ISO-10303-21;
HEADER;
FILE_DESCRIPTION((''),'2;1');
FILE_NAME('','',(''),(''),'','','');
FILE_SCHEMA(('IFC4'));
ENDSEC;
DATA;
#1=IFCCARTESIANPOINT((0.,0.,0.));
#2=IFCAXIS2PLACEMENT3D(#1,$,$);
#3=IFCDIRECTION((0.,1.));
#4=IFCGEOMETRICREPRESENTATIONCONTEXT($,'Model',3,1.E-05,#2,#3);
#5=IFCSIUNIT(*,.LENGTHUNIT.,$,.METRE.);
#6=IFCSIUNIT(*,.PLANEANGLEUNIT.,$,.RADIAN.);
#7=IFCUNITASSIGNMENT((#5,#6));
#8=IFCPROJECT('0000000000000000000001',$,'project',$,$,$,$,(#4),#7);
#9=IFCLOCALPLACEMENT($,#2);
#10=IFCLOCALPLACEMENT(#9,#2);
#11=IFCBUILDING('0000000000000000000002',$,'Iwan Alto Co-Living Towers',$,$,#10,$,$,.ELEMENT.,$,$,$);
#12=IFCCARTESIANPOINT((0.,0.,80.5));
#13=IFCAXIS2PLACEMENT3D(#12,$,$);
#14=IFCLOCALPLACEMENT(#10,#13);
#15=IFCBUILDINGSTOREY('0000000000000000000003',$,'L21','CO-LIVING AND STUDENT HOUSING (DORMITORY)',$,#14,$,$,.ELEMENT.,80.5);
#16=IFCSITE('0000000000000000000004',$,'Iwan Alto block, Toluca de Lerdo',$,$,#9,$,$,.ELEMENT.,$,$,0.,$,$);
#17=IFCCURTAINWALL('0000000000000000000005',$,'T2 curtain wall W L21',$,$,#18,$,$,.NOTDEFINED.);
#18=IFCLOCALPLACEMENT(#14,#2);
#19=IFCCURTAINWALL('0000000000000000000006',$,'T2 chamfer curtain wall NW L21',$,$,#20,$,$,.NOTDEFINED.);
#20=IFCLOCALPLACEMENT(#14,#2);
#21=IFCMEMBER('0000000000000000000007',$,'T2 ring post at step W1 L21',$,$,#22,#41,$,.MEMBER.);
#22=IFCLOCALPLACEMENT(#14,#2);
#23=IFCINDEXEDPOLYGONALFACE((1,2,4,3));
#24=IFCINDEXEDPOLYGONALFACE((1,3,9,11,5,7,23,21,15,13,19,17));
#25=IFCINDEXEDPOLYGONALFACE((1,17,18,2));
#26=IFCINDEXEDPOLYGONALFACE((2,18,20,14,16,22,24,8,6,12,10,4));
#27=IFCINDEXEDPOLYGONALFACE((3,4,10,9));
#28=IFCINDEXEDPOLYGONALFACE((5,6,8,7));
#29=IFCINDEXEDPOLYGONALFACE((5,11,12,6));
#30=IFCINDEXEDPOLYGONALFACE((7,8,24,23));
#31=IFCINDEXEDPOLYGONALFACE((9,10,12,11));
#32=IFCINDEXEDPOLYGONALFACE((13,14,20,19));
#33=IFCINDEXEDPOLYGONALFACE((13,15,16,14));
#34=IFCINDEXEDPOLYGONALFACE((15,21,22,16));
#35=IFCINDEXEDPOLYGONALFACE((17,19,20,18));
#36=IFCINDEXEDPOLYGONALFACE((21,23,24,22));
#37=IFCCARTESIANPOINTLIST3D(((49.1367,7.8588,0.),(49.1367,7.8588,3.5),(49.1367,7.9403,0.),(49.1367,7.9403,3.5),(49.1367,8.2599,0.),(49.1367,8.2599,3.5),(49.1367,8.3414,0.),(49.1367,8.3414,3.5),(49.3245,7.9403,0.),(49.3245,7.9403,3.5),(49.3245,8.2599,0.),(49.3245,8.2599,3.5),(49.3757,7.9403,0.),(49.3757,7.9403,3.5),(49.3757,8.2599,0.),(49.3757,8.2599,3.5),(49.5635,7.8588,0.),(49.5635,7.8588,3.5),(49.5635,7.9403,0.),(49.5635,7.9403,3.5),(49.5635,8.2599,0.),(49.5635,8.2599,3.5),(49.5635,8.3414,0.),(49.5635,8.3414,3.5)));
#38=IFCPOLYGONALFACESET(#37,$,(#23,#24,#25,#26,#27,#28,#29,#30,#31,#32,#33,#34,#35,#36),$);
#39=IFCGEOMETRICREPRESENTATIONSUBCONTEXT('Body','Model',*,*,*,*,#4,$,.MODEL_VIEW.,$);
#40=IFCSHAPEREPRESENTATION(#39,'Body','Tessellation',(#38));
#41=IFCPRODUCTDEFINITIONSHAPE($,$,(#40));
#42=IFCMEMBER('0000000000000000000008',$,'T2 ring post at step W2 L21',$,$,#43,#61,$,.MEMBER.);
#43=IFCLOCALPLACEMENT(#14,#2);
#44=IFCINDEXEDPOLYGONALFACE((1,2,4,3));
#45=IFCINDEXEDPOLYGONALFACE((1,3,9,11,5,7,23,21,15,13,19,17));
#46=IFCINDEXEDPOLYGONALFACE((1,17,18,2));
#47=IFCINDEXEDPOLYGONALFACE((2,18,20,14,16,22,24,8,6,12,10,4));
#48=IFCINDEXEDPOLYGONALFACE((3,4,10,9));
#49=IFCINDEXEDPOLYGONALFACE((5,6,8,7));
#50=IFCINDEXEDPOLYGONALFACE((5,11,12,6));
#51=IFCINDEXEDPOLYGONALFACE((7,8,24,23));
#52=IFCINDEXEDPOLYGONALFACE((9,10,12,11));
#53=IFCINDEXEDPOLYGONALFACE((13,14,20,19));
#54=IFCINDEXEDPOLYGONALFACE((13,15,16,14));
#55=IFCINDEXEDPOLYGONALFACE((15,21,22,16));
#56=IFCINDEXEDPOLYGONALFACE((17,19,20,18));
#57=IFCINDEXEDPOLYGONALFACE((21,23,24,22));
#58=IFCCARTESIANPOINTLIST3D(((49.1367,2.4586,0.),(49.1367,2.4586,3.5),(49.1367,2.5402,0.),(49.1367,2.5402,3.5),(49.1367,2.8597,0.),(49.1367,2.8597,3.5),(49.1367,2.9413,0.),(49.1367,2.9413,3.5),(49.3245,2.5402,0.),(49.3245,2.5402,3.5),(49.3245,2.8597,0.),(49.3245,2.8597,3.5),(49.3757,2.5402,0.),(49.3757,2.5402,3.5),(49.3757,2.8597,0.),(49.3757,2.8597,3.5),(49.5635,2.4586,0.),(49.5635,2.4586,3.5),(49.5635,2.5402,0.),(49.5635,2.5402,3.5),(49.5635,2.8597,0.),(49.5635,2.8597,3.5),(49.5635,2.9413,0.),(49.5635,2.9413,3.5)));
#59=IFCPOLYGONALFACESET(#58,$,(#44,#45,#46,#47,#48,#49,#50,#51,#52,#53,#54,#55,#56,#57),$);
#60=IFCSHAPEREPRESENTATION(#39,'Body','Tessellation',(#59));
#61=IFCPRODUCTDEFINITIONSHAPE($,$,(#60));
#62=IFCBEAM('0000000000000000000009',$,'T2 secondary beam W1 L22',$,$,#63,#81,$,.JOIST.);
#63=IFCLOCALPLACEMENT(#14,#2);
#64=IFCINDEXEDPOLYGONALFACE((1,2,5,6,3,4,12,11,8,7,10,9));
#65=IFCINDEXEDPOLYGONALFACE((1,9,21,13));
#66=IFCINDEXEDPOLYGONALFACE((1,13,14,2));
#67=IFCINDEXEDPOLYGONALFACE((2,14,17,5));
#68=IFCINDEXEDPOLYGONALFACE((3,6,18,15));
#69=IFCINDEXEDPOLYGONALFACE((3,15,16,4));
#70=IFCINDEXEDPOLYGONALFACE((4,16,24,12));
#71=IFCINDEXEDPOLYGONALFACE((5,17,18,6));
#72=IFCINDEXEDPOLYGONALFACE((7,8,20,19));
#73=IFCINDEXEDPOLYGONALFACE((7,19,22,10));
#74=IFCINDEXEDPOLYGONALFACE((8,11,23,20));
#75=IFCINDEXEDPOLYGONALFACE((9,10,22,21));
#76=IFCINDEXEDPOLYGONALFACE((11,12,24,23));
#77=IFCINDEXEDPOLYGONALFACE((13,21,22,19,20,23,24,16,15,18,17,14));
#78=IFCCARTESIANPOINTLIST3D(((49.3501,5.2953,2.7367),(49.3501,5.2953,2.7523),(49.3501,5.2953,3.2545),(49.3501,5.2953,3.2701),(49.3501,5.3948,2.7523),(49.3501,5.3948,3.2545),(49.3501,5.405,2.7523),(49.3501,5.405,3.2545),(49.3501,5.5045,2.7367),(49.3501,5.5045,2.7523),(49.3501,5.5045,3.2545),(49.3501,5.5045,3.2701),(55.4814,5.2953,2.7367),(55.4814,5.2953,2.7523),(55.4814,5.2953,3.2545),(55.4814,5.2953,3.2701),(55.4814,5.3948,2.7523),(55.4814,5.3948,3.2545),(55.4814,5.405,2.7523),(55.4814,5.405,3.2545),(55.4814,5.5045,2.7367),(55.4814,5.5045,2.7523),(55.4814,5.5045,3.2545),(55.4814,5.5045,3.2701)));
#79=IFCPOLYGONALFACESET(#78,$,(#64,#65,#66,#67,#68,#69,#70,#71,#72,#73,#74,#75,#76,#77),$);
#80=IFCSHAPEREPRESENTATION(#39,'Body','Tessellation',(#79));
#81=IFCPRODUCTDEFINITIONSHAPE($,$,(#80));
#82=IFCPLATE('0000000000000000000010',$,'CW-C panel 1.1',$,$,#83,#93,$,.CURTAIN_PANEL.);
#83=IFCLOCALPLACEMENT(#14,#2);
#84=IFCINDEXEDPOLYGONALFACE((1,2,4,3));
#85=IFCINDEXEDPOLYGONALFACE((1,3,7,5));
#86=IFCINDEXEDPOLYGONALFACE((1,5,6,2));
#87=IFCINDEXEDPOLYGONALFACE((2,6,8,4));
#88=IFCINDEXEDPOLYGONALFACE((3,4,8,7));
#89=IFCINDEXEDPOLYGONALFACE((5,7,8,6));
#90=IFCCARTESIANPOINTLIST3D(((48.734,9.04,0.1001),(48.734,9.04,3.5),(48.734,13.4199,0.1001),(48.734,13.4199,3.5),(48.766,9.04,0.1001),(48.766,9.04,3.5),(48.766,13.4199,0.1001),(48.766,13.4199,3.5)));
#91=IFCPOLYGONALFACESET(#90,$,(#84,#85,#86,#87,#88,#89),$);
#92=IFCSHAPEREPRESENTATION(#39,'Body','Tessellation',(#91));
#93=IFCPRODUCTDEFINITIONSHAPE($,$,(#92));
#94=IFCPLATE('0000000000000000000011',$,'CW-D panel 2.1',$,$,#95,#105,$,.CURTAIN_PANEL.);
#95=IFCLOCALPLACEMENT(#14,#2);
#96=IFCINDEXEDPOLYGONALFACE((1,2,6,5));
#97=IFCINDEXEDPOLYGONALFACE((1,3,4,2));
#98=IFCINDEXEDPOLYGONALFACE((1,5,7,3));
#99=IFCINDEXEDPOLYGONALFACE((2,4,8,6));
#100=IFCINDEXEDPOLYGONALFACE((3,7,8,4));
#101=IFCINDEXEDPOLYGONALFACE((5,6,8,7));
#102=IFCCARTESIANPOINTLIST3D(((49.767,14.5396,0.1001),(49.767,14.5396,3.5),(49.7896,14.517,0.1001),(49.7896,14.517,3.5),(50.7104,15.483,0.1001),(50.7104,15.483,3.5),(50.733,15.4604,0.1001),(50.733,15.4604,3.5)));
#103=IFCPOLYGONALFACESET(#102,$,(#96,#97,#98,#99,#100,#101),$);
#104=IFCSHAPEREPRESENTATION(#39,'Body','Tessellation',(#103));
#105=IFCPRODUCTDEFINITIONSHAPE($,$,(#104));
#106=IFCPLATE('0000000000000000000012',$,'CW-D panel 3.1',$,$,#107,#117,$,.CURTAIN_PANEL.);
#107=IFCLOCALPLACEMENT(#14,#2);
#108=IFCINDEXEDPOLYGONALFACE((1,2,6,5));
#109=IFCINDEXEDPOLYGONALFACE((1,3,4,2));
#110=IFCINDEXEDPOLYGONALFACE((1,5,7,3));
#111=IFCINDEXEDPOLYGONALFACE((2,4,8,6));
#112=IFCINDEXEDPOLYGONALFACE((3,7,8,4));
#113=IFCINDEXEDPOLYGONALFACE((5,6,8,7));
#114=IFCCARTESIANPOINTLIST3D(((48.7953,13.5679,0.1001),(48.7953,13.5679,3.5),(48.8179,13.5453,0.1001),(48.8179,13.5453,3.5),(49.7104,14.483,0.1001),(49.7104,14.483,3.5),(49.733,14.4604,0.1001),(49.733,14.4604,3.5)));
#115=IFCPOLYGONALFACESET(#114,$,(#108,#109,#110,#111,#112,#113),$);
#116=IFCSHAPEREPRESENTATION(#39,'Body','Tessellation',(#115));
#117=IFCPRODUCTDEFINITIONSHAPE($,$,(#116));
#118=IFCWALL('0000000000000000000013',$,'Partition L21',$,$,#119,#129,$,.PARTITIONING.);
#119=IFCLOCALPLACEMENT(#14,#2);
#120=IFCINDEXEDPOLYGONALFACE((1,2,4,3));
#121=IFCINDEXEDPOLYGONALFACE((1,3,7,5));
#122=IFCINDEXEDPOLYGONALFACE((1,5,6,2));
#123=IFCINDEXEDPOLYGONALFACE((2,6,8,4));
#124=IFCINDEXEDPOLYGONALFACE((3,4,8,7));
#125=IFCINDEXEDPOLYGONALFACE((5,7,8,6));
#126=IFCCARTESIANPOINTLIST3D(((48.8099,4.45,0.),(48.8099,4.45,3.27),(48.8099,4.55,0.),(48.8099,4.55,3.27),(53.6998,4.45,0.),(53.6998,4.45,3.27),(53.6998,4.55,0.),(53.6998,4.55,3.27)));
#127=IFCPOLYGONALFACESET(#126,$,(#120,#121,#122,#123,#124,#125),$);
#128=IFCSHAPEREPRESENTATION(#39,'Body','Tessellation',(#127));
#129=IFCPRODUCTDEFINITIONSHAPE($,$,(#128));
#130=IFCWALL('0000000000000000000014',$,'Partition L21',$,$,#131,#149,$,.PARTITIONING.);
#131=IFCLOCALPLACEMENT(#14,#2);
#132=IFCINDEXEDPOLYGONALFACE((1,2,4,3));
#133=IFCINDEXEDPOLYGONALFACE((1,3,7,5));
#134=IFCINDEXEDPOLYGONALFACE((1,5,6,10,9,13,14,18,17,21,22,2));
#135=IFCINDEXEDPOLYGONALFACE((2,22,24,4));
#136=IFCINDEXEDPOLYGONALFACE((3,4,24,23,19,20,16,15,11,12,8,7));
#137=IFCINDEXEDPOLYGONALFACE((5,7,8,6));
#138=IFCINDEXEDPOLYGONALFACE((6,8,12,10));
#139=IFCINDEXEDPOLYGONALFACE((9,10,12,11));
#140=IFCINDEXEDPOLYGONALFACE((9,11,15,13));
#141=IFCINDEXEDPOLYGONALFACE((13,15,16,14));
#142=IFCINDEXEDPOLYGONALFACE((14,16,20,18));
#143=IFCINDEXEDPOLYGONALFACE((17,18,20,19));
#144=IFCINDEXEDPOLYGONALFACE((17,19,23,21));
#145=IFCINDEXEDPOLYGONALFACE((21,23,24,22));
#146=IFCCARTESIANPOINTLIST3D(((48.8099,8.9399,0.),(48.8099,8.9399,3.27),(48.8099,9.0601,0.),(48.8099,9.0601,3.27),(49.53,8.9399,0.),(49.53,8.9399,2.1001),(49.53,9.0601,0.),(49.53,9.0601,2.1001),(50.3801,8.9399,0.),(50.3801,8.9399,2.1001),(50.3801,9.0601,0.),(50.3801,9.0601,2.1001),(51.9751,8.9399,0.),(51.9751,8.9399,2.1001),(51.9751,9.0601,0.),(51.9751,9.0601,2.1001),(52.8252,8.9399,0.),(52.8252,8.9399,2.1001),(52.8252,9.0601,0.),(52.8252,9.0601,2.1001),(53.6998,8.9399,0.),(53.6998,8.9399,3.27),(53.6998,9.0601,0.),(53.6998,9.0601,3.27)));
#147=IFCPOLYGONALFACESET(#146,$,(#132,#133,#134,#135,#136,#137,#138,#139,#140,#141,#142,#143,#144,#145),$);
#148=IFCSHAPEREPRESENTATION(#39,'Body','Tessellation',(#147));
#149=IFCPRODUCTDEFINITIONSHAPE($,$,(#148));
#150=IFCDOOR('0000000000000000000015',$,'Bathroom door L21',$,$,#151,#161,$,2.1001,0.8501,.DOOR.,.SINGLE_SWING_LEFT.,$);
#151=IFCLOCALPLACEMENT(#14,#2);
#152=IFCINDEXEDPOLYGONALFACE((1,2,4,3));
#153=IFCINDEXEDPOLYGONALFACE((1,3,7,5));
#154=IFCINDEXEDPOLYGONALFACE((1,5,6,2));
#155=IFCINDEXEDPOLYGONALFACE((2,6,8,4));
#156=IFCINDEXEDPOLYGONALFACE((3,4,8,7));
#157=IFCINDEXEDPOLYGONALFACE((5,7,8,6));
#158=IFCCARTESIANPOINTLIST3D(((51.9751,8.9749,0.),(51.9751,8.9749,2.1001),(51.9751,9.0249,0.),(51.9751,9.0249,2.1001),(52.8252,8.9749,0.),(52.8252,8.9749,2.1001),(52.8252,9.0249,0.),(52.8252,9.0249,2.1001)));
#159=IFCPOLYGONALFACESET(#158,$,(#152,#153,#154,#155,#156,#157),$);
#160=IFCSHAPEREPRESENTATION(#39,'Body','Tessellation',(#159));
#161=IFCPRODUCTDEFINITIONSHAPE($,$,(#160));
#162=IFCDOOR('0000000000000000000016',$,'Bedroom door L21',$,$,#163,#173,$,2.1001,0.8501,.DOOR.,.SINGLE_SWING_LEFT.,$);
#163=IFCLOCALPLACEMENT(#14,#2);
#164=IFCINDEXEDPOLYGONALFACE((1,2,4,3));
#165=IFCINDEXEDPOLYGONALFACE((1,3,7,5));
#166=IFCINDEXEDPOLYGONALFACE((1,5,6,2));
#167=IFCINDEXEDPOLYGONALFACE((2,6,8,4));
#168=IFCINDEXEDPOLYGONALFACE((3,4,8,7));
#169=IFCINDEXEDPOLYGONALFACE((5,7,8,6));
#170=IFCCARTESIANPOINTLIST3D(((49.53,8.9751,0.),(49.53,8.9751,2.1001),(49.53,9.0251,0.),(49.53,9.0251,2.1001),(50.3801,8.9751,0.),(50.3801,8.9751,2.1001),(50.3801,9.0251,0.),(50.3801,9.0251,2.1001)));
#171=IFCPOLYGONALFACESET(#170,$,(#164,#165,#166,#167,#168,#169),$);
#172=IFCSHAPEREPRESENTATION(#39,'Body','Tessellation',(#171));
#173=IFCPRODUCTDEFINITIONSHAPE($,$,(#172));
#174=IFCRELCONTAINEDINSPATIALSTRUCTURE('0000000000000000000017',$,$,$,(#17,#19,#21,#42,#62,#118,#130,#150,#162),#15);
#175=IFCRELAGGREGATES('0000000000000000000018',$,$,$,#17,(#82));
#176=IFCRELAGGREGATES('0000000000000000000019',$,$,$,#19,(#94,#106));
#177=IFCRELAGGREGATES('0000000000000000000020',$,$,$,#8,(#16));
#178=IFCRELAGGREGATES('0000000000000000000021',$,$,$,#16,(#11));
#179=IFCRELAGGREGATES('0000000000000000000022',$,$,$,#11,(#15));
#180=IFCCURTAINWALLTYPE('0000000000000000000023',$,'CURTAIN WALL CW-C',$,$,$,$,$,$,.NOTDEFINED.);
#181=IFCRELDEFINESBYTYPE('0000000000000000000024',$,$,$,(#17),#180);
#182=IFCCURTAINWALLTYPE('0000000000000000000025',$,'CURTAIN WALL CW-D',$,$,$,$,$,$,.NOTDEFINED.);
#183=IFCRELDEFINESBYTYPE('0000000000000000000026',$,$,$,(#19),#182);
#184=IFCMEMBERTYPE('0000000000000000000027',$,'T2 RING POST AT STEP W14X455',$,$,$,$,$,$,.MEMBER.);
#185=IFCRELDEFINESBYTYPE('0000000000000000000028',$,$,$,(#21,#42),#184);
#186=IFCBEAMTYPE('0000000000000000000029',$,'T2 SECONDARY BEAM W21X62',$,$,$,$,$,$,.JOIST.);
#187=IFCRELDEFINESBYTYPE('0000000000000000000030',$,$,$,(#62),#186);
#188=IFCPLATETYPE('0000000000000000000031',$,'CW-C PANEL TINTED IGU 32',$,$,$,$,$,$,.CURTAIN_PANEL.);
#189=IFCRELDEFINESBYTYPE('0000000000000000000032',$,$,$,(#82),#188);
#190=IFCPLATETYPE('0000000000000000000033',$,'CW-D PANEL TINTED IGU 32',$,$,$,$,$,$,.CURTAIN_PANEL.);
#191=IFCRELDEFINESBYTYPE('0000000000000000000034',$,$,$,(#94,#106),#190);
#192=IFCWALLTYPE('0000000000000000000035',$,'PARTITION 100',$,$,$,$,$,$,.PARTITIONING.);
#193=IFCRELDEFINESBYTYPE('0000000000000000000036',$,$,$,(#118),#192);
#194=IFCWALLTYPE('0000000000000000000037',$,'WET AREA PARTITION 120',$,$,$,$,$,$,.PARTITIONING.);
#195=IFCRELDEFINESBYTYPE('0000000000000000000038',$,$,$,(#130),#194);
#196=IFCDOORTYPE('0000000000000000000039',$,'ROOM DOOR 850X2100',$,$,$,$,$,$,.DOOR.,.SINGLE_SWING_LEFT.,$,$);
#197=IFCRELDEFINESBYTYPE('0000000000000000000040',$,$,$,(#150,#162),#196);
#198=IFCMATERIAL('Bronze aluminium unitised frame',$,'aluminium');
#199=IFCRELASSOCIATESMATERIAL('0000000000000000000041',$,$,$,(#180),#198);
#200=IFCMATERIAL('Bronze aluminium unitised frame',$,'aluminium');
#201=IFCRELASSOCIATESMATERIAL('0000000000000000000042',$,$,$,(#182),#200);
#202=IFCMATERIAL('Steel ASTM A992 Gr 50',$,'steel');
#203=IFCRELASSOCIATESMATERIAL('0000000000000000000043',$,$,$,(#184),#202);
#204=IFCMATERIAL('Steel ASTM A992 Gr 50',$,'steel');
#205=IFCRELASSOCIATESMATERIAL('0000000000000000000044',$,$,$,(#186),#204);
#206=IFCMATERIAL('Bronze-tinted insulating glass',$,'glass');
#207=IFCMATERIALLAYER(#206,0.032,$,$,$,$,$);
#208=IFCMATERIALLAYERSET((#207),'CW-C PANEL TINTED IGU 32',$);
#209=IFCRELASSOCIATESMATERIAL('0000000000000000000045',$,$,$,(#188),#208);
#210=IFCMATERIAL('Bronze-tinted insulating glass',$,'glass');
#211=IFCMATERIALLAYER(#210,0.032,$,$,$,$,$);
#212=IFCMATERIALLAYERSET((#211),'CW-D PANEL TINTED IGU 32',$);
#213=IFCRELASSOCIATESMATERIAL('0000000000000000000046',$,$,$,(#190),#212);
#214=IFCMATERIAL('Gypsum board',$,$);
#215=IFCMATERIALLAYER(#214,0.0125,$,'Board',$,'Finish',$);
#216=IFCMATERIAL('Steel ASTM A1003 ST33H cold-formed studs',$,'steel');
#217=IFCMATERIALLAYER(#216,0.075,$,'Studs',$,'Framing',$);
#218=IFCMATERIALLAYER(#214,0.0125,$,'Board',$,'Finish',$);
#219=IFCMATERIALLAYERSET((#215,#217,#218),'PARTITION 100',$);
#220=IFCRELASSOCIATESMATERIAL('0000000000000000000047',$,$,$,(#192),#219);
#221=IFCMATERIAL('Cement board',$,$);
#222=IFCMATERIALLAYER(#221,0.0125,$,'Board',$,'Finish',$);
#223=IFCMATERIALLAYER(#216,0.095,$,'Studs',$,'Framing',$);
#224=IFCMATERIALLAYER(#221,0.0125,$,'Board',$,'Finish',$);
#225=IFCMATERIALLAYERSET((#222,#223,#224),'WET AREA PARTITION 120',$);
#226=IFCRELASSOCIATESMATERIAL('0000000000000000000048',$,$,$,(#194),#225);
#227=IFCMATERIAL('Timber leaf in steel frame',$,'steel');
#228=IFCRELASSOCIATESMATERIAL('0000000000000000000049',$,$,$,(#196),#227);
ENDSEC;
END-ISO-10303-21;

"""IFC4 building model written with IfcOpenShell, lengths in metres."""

from ifc_helpers import new_model, si_unit, direction, frame, frame_2d, origin, origin_2d, place, context, subcontext, project, spatial, rectangle, i_section, extrude, material, layer, layer_set, material_profile, profile_set, type_object, element, fill, aggregate, save


model = new_model("IFC4")

# Units and contexts
model_context = context("Model", 3, precision=1e-05, world=origin(), true_north=direction((0.0, 1.0)))
body_context = subcontext(model_context, "Body", "Model", "MODEL_VIEW")
ifc_project = project(units=[si_unit("LENGTHUNIT", "METRE"), si_unit("PLANEANGLEUNIT", "RADIAN")], contexts=[model_context])

# Site, building, storey
site_placement = place(None, origin())
site = spatial("IfcSite", under=ifc_project, at=site_placement, Name="Iwan Alto block, Toluca de Lerdo", CompositionType="ELEMENT", RefElevation=0.0)
building_placement = place(site_placement, origin())
building = spatial("IfcBuilding", under=site, at=building_placement, Name="Iwan Alto Co-Living Towers", CompositionType="ELEMENT")
storey_placement = place(building_placement, frame((0.0, 0.0, 80.5)))
storey = spatial("IfcBuildingStorey", under=building, at=storey_placement, Name="L21", Description="CO-LIVING AND STUDENT HOUSING (DORMITORY)", CompositionType="ELEMENT", Elevation=80.5)

# Curtain walls
ifc_material_1 = material(Name="Bronze aluminium unitised frame", Category="aluminium")
curtain_wall_type_1 = type_object("IfcCurtainWallType", Name="CURTAIN WALL CW-C", PredefinedType="NOTDEFINED", material=ifc_material_1)
curtain_wall_1_placement = place(storey_placement, origin())
curtain_wall_1 = element("IfcCurtainWall", 1, at=curtain_wall_1_placement, inside=storey, type_object=curtain_wall_type_1, Name="T2 curtain wall W L21", PredefinedType="NOTDEFINED")
ifc_material_2 = material(Name="Bronze aluminium unitised frame", Category="aluminium")
curtain_wall_type_2 = type_object("IfcCurtainWallType", Name="CURTAIN WALL CW-D", PredefinedType="NOTDEFINED", material=ifc_material_2)
curtain_wall_2_placement = place(storey_placement, origin())
curtain_wall_2 = element("IfcCurtainWall", 2, at=curtain_wall_2_placement, inside=storey, type_object=curtain_wall_type_2, Name="T2 chamfer curtain wall NW L21", PredefinedType="NOTDEFINED")

# Members
ifc_material_3 = material(Name="Steel ASTM A992 Gr 50", Category="steel")
ifc_material_profile_1 = material_profile(ifc_material_3, i_section(OverallWidth=0.4268, OverallDepth=0.4827, WebThickness=0.0513, FlangeThickness=0.0815, at=origin_2d()), Name="W14X455")
ifc_profile_set_1 = profile_set([ifc_material_profile_1], Name="Steel ASTM A992 Gr 50")
member_type_1 = type_object("IfcMemberType", Name="T2 RING POST AT STEP W14X455", PredefinedType="MEMBER", material=ifc_profile_set_1)
for number, where, z_axis, x_axis, name in (
    (3, (49.3501, 8.1001, 0.0), (0.0, 0.0, 1.0), (1.0, 0.0, 0.0), "T2 ring post at step W1 L21"),
    (4, (49.3501, 2.7, 0.0), (0.0, 0.0, 1.0), (1.0, 0.0, 0.0), "T2 ring post at step W2 L21"),
):
    element("IfcMember", number, at=place(storey_placement, frame(where, z_axis=z_axis, x_axis=x_axis)), inside=storey, type_object=member_type_1, Name=name, PredefinedType="MEMBER", context=body_context, shape_type="SweptSolid", body=[
        extrude(i_section(OverallWidth=0.4268, OverallDepth=0.4827, WebThickness=0.0513, FlangeThickness=0.0815, at=origin_2d()), origin(), (0.0, 0.0, 1.0), 3.5),
    ])

# Beam
ifc_material_4 = material(Name="Steel ASTM A992 Gr 50", Category="steel")
ifc_material_profile_2 = material_profile(ifc_material_4, i_section(OverallWidth=0.2092, OverallDepth=0.5334, WebThickness=0.0103, FlangeThickness=0.0156, at=origin_2d()), Name="W21X62")
ifc_profile_set_2 = profile_set([ifc_material_profile_2], Name="Steel ASTM A992 Gr 50")
beam_type_1 = type_object("IfcBeamType", Name="T2 SECONDARY BEAM W21X62", PredefinedType="JOIST", material=ifc_profile_set_2)
beam_1_placement = place(storey_placement, frame((49.3501, 5.3999, 3.0034), z_axis=(1.0, 0.0, 0.0), x_axis=(0.0, 1.0, 0.0)))
element("IfcBeam", 5, at=beam_1_placement, inside=storey, type_object=beam_type_1, Name="T2 secondary beam W1 L22", PredefinedType="JOIST", context=body_context, shape_type="SweptSolid", body=[
    extrude(i_section(OverallWidth=0.2092, OverallDepth=0.5334, WebThickness=0.0103, FlangeThickness=0.0156, at=origin_2d()), origin(), (0.0, 0.0, 1.0), 6.1313),
])

# Plates
ifc_material_5 = material(Name="Bronze-tinted insulating glass", Category="glass")
ifc_layer_1 = layer(ifc_material_5, 0.032)
ifc_layer_set_1 = layer_set([ifc_layer_1], Name="CW-C PANEL TINTED IGU 32")
plate_type_1 = type_object("IfcPlateType", Name="CW-C PANEL TINTED IGU 32", PredefinedType="CURTAIN_PANEL", material=ifc_layer_set_1)
plate_1_placement = place(storey_placement, frame((48.75, 11.23, 0.1001), z_axis=(0.0, 0.0, 1.0), x_axis=(0.0, -1.0, 0.0)))
plate_1 = element("IfcPlate", 6, at=plate_1_placement, type_object=plate_type_1, Name="CW-C panel 1.1", PredefinedType="CURTAIN_PANEL", context=body_context, shape_type="SweptSolid", body=[
    extrude(rectangle(XDim=4.3799, YDim=0.032, at=origin_2d()), origin(), (0.0, 0.0, 1.0), 3.3999),
])
aggregate(curtain_wall_1, [plate_1])
ifc_material_6 = material(Name="Bronze-tinted insulating glass", Category="glass")
ifc_layer_2 = layer(ifc_material_6, 0.032)
ifc_layer_set_2 = layer_set([ifc_layer_2], Name="CW-D PANEL TINTED IGU 32")
plate_type_2 = type_object("IfcPlateType", Name="CW-D PANEL TINTED IGU 32", PredefinedType="CURTAIN_PANEL", material=ifc_layer_set_2)
plate_2_placement = place(storey_placement, frame((50.25, 15.0, 0.1001), z_axis=(0.0, 0.0, 1.0), x_axis=(-0.707107, -0.707107, 0.0)))
plate_2 = element("IfcPlate", 7, at=plate_2_placement, type_object=plate_type_2, Name="CW-D panel 2.1", PredefinedType="CURTAIN_PANEL", context=body_context, shape_type="SweptSolid", body=[
    extrude(rectangle(XDim=1.3342, YDim=0.032, at=origin_2d()), origin(), (0.0, 0.0, 1.0), 3.3999),
])
plate_3_placement = place(storey_placement, frame((49.2642, 14.0142, 0.1001), z_axis=(0.0, 0.0, 1.0), x_axis=(-0.707107, -0.707107, 0.0)))
plate_3 = element("IfcPlate", 8, at=plate_3_placement, type_object=plate_type_2, Name="CW-D panel 3.1", PredefinedType="CURTAIN_PANEL", context=body_context, shape_type="SweptSolid", body=[
    extrude(rectangle(XDim=1.2942, YDim=0.032, at=origin_2d()), origin(), (0.0, 0.0, 1.0), 3.3999),
])
aggregate(curtain_wall_2, [plate_2, plate_3])

# Wall
ifc_material_7 = material(Name="Gypsum board")
ifc_layer_3 = layer(ifc_material_7, 0.0125, Name="Board", Category="Finish")
ifc_material_8 = material(Name="Steel ASTM A1003 ST33H cold-formed studs", Category="steel")
ifc_layer_4 = layer(ifc_material_8, 0.075, Name="Studs", Category="Framing")
ifc_layer_5 = layer(ifc_material_7, 0.0125, Name="Board", Category="Finish")
ifc_layer_set_3 = layer_set([ifc_layer_3, ifc_layer_4, ifc_layer_5], Name="PARTITION 100")
wall_type_1 = type_object("IfcWallType", Name="PARTITION 100", PredefinedType="PARTITIONING", material=ifc_layer_set_3)
wall_1_placement = place(storey_placement, frame((48.8101, 4.5, 0.0), z_axis=(0.0, 0.0, 1.0), x_axis=(1.0, 0.0, 0.0)))
element("IfcWall", 9, at=wall_1_placement, inside=storey, type_object=wall_type_1, Name="Partition L21", PredefinedType="PARTITIONING", context=body_context, shape_type="SweptSolid", body=[
    extrude(rectangle(XDim=4.8899, YDim=0.1001, at=frame_2d((2.4448, 0.0))), origin(), (0.0, 0.0, 1.0), 3.27),
])

# Wall, openings, doors
ifc_material_9 = material(Name="Cement board")
ifc_layer_6 = layer(ifc_material_9, 0.0125, Name="Board", Category="Finish")
ifc_layer_7 = layer(ifc_material_8, 0.095, Name="Studs", Category="Framing")
ifc_layer_8 = layer(ifc_material_9, 0.0125, Name="Board", Category="Finish")
ifc_layer_set_4 = layer_set([ifc_layer_6, ifc_layer_7, ifc_layer_8], Name="WET AREA PARTITION 120")
wall_type_2 = type_object("IfcWallType", Name="WET AREA PARTITION 120", PredefinedType="PARTITIONING", material=ifc_layer_set_4)
wall_2_placement = place(storey_placement, frame((48.8101, 9.0, 0.0), z_axis=(0.0, 0.0, 1.0), x_axis=(1.0, 0.0, 0.0)))
wall_2 = element("IfcWall", 10, at=wall_2_placement, inside=storey, type_object=wall_type_2, Name="Partition L21", PredefinedType="PARTITIONING", context=body_context, shape_type="SweptSolid", body=[
    extrude(rectangle(XDim=4.8899, YDim=0.1201, at=frame_2d((2.4448, 0.0))), origin(), (0.0, 0.0, 1.0), 3.27),
])
opening_1_placement = place(wall_2_placement, frame((3.165, 0.0, 0.0)))
opening_1 = element("IfcOpeningElement", 11, at=opening_1_placement, cuts=wall_2, PredefinedType="OPENING", context=body_context, shape_type="SweptSolid", body=[
    extrude(rectangle(XDim=0.8501, YDim=2.1001, at=frame_2d((0.425, 1.05))), frame((0.0, 0.0701, 0.0), z_axis=(0.0, -1.0, 0.0), x_axis=(1.0, 0.0, 0.0)), (0.0, 0.0, 1.0), 0.1401),
])
opening_2_placement = place(wall_2_placement, frame((0.72, 0.0, 0.0)))
opening_2 = element("IfcOpeningElement", 12, at=opening_2_placement, cuts=wall_2, PredefinedType="OPENING", context=body_context, shape_type="SweptSolid", body=[
    extrude(rectangle(XDim=0.8501, YDim=2.1001, at=frame_2d((0.425, 1.05))), frame((0.0, 0.0701, 0.0), z_axis=(0.0, -1.0, 0.0), x_axis=(1.0, 0.0, 0.0)), (0.0, 0.0, 1.0), 0.1401),
])
ifc_material_10 = material(Name="Timber leaf in steel frame", Category="steel")
door_type = type_object("IfcDoorType", Name="ROOM DOOR 850X2100", OperationType="SINGLE_SWING_LEFT", PredefinedType="DOOR", material=ifc_material_10)
door_1_placement = place(opening_1_placement, origin())
door_1 = element("IfcDoor", 13, at=door_1_placement, inside=storey, type_object=door_type, Name="Bathroom door L21", OperationType="SINGLE_SWING_LEFT", OverallHeight=2.1001, OverallWidth=0.8501, PredefinedType="DOOR", context=body_context, shape_type="SweptSolid", body=[
    extrude(rectangle(XDim=0.8501, YDim=2.1001, at=frame_2d((0.425, 1.05))), frame((0.0, 0.0249, 0.0), z_axis=(0.0, -1.0, 0.0), x_axis=(1.0, 0.0, 0.0)), (0.0, 0.0, 1.0), 0.05),
])
fill(opening_1, door_1)
door_2_placement = place(opening_2_placement, frame((0.8501, 0.0, 0.0), z_axis=(0.0, 0.0, 1.0), x_axis=(-1.0, 0.0, 0.0)))
door_2 = element("IfcDoor", 14, at=door_2_placement, inside=storey, type_object=door_type, Name="Bedroom door L21", OperationType="SINGLE_SWING_LEFT", OverallHeight=2.1001, OverallWidth=0.8501, PredefinedType="DOOR", context=body_context, shape_type="SweptSolid", body=[
    extrude(rectangle(XDim=0.8501, YDim=2.1001, at=frame_2d((0.425, 1.05))), frame((0.0, 0.0249, 0.0), z_axis=(0.0, -1.0, 0.0), x_axis=(1.0, 0.0, 0.0)), (0.0, 0.0, 1.0), 0.05),
])
fill(opening_2, door_2)

save(model, "model.ifc")
